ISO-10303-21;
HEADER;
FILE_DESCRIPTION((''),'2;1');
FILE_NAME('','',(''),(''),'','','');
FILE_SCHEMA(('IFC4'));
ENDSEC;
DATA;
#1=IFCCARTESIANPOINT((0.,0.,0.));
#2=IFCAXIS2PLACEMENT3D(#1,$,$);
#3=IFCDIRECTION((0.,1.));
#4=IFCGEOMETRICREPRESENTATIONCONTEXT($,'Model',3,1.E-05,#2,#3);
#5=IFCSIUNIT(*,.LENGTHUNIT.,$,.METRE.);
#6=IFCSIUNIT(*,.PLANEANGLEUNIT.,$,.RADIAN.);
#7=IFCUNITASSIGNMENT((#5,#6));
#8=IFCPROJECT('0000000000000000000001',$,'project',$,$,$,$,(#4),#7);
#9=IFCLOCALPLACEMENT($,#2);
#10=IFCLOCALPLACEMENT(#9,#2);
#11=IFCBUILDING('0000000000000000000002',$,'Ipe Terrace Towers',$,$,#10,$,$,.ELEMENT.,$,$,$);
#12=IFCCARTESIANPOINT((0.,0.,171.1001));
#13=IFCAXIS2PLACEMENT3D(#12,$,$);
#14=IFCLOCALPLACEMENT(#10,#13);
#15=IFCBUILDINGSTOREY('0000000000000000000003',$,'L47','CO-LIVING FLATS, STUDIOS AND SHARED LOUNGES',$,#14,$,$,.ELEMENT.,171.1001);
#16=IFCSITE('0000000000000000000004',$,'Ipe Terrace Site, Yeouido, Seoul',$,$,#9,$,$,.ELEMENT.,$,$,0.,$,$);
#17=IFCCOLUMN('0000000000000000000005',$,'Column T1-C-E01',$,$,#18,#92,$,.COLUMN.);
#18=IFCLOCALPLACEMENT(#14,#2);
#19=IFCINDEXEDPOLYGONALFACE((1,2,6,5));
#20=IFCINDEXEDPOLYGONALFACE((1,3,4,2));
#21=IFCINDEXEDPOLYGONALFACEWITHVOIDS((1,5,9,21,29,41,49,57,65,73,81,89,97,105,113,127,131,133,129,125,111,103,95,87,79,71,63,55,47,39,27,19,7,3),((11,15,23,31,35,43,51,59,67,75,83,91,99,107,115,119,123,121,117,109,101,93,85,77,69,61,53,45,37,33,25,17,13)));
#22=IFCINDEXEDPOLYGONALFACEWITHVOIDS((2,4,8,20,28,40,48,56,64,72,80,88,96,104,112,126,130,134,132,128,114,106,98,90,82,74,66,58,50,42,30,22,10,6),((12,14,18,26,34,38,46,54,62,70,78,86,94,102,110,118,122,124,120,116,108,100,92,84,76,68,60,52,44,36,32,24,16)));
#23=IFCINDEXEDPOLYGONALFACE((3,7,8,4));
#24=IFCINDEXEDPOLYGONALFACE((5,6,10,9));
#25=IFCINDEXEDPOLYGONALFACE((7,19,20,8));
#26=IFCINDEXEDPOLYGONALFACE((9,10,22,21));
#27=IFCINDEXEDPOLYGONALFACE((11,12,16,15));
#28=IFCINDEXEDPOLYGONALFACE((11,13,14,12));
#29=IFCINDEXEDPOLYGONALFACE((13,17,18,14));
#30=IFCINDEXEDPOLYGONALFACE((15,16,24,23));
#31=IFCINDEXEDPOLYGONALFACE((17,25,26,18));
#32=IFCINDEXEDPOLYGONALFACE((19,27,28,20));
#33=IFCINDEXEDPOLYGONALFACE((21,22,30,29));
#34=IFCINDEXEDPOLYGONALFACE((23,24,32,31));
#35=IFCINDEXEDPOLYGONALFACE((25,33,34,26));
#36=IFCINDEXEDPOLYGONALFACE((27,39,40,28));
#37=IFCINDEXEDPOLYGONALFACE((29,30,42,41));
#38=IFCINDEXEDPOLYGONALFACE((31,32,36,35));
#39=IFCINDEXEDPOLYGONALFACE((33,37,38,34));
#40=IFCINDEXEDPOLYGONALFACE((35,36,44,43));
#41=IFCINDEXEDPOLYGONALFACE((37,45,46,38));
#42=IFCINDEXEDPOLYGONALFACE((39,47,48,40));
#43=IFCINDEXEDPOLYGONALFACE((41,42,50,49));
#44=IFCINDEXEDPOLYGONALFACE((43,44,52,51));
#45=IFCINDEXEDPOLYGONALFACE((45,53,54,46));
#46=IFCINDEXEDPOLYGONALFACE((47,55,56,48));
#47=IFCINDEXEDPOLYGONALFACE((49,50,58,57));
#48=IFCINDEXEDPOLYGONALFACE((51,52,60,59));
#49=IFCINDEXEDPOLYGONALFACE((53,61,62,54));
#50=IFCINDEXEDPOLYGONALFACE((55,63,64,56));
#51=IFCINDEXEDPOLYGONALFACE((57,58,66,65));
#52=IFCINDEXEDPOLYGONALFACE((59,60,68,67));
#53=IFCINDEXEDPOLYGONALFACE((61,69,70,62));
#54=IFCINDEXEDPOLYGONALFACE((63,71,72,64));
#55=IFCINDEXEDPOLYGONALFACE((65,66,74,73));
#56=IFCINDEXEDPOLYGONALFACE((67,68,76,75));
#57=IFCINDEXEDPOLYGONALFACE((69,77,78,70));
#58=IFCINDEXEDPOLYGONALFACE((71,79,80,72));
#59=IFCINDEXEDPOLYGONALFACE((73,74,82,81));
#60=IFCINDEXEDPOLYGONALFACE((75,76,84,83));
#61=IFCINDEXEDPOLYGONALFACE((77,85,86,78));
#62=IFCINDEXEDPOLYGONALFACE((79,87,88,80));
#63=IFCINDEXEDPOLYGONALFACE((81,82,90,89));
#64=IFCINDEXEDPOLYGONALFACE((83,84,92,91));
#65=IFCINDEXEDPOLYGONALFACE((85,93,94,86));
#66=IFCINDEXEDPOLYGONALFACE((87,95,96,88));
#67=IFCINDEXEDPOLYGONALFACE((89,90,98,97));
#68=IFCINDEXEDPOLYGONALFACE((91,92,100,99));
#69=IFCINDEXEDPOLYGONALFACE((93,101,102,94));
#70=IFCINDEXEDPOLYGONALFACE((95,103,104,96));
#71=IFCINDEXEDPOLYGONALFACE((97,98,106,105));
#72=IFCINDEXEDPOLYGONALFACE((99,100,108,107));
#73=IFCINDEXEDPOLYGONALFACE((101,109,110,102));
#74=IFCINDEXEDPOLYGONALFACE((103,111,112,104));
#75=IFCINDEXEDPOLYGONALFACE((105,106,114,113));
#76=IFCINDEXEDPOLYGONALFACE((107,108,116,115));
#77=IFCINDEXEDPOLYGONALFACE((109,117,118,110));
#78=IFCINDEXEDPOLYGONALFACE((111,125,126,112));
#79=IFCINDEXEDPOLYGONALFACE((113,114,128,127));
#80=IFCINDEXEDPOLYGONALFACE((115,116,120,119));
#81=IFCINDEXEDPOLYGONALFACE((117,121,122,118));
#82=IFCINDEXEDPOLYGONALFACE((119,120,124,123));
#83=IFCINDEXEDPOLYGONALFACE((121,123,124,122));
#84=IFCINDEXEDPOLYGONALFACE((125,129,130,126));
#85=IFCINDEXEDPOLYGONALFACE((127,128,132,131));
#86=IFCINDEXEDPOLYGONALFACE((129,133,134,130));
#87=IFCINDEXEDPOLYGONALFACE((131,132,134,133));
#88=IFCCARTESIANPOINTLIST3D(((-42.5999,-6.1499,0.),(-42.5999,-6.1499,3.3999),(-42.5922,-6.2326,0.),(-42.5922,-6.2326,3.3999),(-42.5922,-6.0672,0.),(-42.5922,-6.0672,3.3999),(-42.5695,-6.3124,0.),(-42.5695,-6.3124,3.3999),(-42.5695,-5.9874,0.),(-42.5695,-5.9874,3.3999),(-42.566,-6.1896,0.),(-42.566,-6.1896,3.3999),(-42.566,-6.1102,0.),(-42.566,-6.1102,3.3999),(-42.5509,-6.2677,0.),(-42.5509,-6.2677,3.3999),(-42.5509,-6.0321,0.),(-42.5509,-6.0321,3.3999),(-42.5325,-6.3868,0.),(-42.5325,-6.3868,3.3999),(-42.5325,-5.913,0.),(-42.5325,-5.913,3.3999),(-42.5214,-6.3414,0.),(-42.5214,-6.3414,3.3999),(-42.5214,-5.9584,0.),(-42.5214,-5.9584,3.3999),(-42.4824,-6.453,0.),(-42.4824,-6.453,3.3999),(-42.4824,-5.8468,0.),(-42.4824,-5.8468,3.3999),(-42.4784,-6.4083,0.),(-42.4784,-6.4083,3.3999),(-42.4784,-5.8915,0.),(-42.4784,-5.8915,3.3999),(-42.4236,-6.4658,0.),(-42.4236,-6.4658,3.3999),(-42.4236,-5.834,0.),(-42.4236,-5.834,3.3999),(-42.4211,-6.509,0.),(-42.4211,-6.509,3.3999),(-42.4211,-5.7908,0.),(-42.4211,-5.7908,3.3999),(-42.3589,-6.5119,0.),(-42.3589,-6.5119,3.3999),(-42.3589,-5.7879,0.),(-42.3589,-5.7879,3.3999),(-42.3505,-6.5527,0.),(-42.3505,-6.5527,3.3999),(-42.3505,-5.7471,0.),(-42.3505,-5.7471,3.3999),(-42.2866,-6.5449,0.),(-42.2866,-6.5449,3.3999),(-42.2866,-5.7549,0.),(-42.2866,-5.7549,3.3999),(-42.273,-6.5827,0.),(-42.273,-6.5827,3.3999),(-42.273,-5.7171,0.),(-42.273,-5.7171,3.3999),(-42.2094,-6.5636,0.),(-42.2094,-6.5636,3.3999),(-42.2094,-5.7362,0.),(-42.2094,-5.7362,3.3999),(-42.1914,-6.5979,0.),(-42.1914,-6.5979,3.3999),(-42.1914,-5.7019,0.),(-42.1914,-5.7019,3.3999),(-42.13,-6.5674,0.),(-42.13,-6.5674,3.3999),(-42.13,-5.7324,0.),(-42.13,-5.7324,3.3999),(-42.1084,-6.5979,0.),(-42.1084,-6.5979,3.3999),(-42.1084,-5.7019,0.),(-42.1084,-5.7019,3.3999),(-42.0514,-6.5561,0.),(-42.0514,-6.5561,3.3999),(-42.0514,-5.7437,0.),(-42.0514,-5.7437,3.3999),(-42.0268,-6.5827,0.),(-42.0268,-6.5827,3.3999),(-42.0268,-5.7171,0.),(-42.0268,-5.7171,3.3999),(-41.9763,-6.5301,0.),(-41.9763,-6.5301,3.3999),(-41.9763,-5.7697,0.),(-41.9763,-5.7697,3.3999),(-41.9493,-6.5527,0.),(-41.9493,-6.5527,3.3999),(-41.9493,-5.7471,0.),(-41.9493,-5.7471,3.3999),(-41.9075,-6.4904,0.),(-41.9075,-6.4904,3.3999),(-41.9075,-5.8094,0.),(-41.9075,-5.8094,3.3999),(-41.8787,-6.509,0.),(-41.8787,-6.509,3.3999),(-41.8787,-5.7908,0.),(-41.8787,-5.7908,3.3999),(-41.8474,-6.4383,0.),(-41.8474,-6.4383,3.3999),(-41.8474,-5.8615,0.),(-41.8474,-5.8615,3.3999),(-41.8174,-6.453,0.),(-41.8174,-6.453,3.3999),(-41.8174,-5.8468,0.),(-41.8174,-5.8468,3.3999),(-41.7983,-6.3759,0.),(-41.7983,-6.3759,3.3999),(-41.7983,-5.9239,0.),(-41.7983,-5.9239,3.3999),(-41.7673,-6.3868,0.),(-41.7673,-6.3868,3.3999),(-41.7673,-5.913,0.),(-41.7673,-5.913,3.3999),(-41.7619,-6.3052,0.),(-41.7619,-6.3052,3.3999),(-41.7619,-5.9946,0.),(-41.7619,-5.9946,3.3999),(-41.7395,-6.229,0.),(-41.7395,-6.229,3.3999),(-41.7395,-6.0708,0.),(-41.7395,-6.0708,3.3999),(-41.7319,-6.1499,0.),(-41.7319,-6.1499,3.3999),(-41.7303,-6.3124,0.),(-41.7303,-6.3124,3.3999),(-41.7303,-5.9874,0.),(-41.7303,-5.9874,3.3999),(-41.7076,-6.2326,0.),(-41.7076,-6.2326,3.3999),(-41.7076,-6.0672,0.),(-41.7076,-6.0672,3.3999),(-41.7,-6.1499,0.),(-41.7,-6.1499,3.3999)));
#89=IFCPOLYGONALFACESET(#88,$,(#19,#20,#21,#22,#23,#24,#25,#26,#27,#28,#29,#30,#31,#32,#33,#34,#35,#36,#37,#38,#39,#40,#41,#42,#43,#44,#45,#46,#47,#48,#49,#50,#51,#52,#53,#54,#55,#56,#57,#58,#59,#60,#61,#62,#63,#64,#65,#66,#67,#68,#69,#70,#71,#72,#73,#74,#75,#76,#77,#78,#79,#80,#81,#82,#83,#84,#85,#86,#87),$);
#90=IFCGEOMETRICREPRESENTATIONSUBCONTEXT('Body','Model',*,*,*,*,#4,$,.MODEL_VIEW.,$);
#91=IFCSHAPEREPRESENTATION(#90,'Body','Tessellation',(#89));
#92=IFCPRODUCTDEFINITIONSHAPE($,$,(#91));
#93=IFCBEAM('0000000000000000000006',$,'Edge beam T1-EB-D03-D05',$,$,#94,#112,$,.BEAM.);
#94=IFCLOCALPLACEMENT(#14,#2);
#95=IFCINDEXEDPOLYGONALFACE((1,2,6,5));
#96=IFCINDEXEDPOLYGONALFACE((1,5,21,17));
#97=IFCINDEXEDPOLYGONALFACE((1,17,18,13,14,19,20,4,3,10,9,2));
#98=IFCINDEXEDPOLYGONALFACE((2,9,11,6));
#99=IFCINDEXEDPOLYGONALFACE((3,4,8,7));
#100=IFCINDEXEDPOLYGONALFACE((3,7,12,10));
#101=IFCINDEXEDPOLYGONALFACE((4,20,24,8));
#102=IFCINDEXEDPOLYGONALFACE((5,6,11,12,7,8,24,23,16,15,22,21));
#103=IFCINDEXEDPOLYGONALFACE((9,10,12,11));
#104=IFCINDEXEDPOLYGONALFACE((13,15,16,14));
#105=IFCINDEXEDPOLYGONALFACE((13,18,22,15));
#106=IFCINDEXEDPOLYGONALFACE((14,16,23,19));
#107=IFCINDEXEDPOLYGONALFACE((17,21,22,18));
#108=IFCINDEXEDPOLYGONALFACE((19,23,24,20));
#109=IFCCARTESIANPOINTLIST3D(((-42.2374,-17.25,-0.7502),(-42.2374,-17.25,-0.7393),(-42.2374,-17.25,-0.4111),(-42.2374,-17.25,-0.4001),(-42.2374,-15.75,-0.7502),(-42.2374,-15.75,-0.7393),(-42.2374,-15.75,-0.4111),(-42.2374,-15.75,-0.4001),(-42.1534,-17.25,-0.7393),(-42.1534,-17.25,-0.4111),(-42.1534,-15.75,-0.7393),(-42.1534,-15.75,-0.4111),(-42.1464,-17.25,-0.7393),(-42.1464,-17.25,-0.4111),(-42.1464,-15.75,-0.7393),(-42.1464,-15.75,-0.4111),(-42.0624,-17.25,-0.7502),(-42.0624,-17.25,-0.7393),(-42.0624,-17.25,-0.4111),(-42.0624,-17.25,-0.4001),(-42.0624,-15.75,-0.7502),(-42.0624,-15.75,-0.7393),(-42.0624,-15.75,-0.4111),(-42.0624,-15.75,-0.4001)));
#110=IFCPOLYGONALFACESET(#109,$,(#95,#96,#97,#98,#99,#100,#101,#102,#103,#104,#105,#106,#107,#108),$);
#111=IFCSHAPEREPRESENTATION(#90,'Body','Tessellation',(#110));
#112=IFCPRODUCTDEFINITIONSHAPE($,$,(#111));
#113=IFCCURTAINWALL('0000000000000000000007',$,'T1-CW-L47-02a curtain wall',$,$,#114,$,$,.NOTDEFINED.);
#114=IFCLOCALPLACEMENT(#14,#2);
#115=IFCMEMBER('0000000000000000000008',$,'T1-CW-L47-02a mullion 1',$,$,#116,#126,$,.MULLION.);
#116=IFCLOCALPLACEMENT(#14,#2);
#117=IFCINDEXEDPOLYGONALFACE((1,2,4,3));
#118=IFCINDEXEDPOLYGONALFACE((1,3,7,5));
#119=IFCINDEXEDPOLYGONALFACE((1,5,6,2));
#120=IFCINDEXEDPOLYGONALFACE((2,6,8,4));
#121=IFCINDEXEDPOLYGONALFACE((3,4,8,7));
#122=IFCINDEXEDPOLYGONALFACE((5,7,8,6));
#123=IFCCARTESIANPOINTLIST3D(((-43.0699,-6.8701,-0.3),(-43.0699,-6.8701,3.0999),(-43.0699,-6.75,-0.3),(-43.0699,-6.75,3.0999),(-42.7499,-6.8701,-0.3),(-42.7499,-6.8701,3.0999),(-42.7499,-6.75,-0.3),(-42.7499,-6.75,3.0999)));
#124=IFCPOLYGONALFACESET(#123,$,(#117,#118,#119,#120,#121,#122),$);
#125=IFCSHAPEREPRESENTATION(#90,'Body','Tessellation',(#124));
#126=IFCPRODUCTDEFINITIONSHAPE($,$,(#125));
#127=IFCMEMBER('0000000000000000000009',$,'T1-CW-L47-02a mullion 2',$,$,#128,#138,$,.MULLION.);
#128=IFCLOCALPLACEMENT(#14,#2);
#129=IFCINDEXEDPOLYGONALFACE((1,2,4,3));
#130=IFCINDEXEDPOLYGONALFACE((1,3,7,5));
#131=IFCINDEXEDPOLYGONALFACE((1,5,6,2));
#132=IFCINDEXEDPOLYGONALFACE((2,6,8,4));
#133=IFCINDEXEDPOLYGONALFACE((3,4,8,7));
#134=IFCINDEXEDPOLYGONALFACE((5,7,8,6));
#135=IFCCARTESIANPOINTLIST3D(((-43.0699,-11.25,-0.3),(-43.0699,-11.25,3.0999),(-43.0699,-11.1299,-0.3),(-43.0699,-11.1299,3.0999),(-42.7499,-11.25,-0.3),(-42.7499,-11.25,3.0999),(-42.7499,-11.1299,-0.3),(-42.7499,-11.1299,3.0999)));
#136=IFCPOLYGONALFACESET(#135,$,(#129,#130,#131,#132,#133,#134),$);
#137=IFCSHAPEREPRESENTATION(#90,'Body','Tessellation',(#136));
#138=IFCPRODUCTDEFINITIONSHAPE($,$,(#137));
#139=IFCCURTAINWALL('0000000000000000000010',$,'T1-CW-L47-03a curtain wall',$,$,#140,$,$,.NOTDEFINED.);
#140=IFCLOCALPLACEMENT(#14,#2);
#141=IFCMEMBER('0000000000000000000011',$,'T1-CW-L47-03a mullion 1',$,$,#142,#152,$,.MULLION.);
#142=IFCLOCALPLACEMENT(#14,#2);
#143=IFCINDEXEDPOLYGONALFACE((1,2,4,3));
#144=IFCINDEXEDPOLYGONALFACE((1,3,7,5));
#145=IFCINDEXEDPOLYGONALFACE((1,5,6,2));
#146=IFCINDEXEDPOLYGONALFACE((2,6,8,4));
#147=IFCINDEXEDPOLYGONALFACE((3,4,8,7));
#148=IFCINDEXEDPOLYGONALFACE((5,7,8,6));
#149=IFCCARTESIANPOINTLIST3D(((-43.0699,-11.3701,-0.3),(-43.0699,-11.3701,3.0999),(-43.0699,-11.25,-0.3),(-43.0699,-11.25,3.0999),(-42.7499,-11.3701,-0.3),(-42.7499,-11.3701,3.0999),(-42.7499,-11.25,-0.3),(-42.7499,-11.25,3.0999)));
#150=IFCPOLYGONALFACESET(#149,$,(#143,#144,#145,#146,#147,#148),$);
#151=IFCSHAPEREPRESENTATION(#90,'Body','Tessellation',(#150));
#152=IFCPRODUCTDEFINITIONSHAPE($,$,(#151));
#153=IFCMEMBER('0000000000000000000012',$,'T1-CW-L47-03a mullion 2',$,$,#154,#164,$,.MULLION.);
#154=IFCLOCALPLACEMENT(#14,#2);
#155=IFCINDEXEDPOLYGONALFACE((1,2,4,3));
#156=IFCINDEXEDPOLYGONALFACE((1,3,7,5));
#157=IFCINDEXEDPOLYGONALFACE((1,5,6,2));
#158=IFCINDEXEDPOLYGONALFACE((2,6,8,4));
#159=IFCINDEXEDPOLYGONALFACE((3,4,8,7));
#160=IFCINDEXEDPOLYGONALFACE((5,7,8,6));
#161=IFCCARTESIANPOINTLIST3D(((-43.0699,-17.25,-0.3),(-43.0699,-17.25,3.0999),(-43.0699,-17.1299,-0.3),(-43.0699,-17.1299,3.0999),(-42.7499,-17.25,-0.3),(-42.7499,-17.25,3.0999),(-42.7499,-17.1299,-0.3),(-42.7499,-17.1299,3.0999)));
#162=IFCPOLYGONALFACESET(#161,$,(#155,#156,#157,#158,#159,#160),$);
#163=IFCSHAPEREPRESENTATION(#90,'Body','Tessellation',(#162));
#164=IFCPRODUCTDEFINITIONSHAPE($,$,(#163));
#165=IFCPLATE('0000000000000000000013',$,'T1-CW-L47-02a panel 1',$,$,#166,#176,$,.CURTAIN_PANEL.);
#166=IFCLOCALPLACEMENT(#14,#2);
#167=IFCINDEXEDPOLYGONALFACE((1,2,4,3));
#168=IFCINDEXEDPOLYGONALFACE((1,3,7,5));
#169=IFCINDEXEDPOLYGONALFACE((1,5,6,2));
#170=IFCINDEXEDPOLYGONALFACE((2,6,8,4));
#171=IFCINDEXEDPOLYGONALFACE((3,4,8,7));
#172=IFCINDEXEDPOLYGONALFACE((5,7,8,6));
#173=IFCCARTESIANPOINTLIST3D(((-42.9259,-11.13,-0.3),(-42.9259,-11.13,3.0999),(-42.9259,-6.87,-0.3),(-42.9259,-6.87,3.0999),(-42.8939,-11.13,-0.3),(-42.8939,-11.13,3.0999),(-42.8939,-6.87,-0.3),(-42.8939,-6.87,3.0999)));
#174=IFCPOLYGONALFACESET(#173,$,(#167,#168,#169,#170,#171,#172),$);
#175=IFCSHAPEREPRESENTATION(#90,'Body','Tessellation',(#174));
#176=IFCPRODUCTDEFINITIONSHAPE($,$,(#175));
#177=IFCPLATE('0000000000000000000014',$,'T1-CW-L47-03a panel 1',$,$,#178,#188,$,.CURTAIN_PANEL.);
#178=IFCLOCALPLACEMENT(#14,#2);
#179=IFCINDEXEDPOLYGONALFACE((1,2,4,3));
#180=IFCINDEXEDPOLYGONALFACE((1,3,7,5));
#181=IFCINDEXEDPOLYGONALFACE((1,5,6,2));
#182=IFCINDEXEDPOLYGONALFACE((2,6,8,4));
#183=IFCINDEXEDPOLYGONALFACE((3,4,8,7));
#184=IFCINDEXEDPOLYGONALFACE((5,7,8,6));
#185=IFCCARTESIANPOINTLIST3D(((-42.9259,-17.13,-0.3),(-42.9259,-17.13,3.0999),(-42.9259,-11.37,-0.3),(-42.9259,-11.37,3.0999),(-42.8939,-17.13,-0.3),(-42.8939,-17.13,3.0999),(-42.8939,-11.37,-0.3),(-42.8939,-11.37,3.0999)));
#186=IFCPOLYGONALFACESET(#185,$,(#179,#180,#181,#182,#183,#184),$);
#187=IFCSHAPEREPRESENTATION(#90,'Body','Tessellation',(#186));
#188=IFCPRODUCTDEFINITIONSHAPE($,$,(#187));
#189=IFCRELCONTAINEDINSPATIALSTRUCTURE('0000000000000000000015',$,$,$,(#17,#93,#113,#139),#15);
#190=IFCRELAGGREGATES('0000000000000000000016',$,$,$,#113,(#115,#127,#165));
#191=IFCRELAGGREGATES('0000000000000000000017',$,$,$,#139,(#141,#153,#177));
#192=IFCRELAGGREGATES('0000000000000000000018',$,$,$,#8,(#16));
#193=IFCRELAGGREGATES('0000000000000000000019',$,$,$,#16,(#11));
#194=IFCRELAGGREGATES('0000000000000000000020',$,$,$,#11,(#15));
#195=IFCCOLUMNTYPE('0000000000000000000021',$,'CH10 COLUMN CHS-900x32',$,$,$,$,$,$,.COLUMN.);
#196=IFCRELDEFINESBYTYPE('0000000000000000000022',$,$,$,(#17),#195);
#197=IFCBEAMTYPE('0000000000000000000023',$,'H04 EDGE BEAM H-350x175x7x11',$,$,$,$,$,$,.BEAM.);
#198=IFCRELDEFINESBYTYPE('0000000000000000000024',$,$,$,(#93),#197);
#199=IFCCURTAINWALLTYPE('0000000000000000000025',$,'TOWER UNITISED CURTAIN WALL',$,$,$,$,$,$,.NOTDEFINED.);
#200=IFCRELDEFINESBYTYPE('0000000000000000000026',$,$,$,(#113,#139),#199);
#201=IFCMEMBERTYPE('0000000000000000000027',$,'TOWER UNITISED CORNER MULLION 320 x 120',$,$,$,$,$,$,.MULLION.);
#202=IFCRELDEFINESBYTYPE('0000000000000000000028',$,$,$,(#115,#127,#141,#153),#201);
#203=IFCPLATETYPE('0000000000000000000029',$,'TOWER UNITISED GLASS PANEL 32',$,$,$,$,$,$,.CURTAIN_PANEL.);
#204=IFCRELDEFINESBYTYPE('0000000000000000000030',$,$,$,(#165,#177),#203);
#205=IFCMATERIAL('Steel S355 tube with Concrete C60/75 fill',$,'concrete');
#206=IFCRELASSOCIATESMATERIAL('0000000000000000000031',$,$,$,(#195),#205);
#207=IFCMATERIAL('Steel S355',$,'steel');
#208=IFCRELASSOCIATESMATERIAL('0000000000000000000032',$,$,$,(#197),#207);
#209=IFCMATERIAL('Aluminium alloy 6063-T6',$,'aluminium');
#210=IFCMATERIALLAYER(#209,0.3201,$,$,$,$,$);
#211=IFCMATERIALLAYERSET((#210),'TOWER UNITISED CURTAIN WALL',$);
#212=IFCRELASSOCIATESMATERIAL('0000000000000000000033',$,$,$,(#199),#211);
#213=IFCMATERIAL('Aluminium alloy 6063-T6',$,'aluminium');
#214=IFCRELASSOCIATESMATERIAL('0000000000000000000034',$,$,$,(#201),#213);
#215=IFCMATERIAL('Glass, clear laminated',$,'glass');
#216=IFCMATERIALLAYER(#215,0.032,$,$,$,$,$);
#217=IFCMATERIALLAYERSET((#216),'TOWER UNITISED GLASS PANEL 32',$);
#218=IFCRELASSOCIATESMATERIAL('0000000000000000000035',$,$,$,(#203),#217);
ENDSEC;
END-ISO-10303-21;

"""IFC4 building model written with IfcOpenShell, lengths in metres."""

from ifc_helpers import new_model, si_unit, direction, frame, origin, origin_2d, place, context, subcontext, project, spatial, rectangle, hollow_circle, i_section, extrude, material, layer, layer_set, material_profile, profile_set, type_object, element, aggregate, save


model = new_model("IFC4")

# Units and contexts
model_context = context("Model", 3, precision=1e-05, world=origin(), true_north=direction((0.0, 1.0)))
body_context = subcontext(model_context, "Body", "Model", "MODEL_VIEW")
ifc_project = project(units=[si_unit("LENGTHUNIT", "METRE"), si_unit("PLANEANGLEUNIT", "RADIAN")], contexts=[model_context])

# Site, building, storey
site_placement = place(None, origin())
site = spatial("IfcSite", under=ifc_project, at=site_placement, Name="Ipe Terrace Site, Yeouido, Seoul", CompositionType="ELEMENT", RefElevation=0.0)
building_placement = place(site_placement, origin())
building = spatial("IfcBuilding", under=site, at=building_placement, Name="Ipe Terrace Towers", CompositionType="ELEMENT")
storey_placement = place(building_placement, frame((0.0, 0.0, 171.1001)))
storey = spatial("IfcBuildingStorey", under=building, at=storey_placement, Name="L47", Description="CO-LIVING FLATS, STUDIOS AND SHARED LOUNGES", CompositionType="ELEMENT", Elevation=171.1001)

# Column
ifc_material_1 = material(Name="Steel S355 tube with Concrete C60/75 fill", Category="concrete")
ifc_material_profile_1 = material_profile(ifc_material_1, hollow_circle(Radius=0.45, WallThickness=0.032, at=origin_2d()), Name="CHS-900x32")
ifc_profile_set_1 = profile_set([ifc_material_profile_1], Name="Steel S355 tube with Concrete C60/75 fill")
column_type_1 = type_object("IfcColumnType", Name="CH10 COLUMN CHS-900x32", PredefinedType="COLUMN", material=ifc_profile_set_1)
column_placement = place(storey_placement, frame((-42.1499, -6.1499, 0.0), z_axis=(0.0, 0.0, 1.0), x_axis=(1.0, 0.0, 0.0)))
element("IfcColumn", 1, at=column_placement, inside=storey, type_object=column_type_1, Name="Column T1-C-E01", PredefinedType="COLUMN", context=body_context, shape_type="SweptSolid", body=[
    extrude(hollow_circle(Radius=0.45, WallThickness=0.032, at=origin_2d()), origin(), (0.0, 0.0, 1.0), 3.3999),
])

# Beam
ifc_material_2 = material(Name="Steel S355", Category="steel")
ifc_material_profile_2 = material_profile(ifc_material_2, i_section(OverallWidth=0.175, OverallDepth=0.3501, WebThickness=0.0071, FlangeThickness=0.011, at=origin_2d()), Name="H-350x175x7x11")
ifc_profile_set_2 = profile_set([ifc_material_profile_2], Name="Steel S355")
beam_type = type_object("IfcBeamType", Name="H04 EDGE BEAM H-350x175x7x11", PredefinedType="BEAM", material=ifc_profile_set_2)
beam_placement = place(storey_placement, frame((-42.1499, -15.75, -0.5752), z_axis=(0.0, -1.0, 0.0), x_axis=(1.0, 0.0, 0.0)))
element("IfcBeam", 2, at=beam_placement, inside=storey, type_object=beam_type, Name="Edge beam T1-EB-D03-D05", PredefinedType="BEAM", context=body_context, shape_type="SweptSolid", body=[
    extrude(i_section(OverallWidth=0.175, OverallDepth=0.3501, WebThickness=0.0071, FlangeThickness=0.011, at=origin_2d()), origin(), (0.0, 0.0, 1.0), 1.5),
])

# Curtain walls, members
ifc_material_3 = material(Name="Aluminium alloy 6063-T6", Category="aluminium")
ifc_layer_1 = layer(ifc_material_3, 0.3201)
ifc_layer_set_1 = layer_set([ifc_layer_1], Name="TOWER UNITISED CURTAIN WALL")
curtain_wall_type = type_object("IfcCurtainWallType", Name="TOWER UNITISED CURTAIN WALL", PredefinedType="NOTDEFINED", material=ifc_layer_set_1)
curtain_wall_1_placement = place(storey_placement, origin())
curtain_wall_1 = element("IfcCurtainWall", 3, at=curtain_wall_1_placement, inside=storey, type_object=curtain_wall_type, Name="T1-CW-L47-02a curtain wall", PredefinedType="NOTDEFINED")
ifc_material_4 = material(Name="Aluminium alloy 6063-T6", Category="aluminium")
ifc_material_profile_3 = material_profile(ifc_material_4, rectangle(XDim=0.3201, YDim=0.1201, at=origin_2d()), Name="TOWER UNITISED CORNER MULLION 320 x 120")
ifc_profile_set_3 = profile_set([ifc_material_profile_3], Name="Aluminium alloy 6063-T6")
member_type = type_object("IfcMemberType", Name="TOWER UNITISED CORNER MULLION 320 x 120", PredefinedType="MULLION", material=ifc_profile_set_3)
member_1_placement = place(storey_placement, frame((-42.9099, -6.8101, -0.3), z_axis=(0.0, 0.0, 1.0), x_axis=(-1.0, 0.0, 0.0)))
member_1 = element("IfcMember", 4, at=member_1_placement, type_object=member_type, Name="T1-CW-L47-02a mullion 1", PredefinedType="MULLION", context=body_context, shape_type="SweptSolid", body=[
    extrude(rectangle(XDim=0.3201, YDim=0.1201, at=origin_2d()), origin(), (0.0, 0.0, 1.0), 3.3999),
])
member_2_placement = place(storey_placement, frame((-42.9099, -11.1899, -0.3), z_axis=(0.0, 0.0, 1.0), x_axis=(-1.0, 0.0, 0.0)))
member_2 = element("IfcMember", 5, at=member_2_placement, type_object=member_type, Name="T1-CW-L47-02a mullion 2", PredefinedType="MULLION", context=body_context, shape_type="SweptSolid", body=[
    extrude(rectangle(XDim=0.3201, YDim=0.1201, at=origin_2d()), origin(), (0.0, 0.0, 1.0), 3.3999),
])
curtain_wall_2_placement = place(storey_placement, origin())
curtain_wall_2 = element("IfcCurtainWall", 6, at=curtain_wall_2_placement, inside=storey, type_object=curtain_wall_type, Name="T1-CW-L47-03a curtain wall", PredefinedType="NOTDEFINED")
member_3_placement = place(storey_placement, frame((-42.9099, -11.3101, -0.3), z_axis=(0.0, 0.0, 1.0), x_axis=(-1.0, 0.0, 0.0)))
member_3 = element("IfcMember", 7, at=member_3_placement, type_object=member_type, Name="T1-CW-L47-03a mullion 1", PredefinedType="MULLION", context=body_context, shape_type="SweptSolid", body=[
    extrude(rectangle(XDim=0.3201, YDim=0.1201, at=origin_2d()), origin(), (0.0, 0.0, 1.0), 3.3999),
])
member_4_placement = place(storey_placement, frame((-42.9099, -17.1899, -0.3), z_axis=(0.0, 0.0, 1.0), x_axis=(-1.0, 0.0, 0.0)))
member_4 = element("IfcMember", 8, at=member_4_placement, type_object=member_type, Name="T1-CW-L47-03a mullion 2", PredefinedType="MULLION", context=body_context, shape_type="SweptSolid", body=[
    extrude(rectangle(XDim=0.3201, YDim=0.1201, at=origin_2d()), origin(), (0.0, 0.0, 1.0), 3.3999),
])

# Plates
ifc_material_5 = material(Name="Glass, clear laminated", Category="glass")
ifc_layer_2 = layer(ifc_material_5, 0.032)
ifc_layer_set_2 = layer_set([ifc_layer_2], Name="TOWER UNITISED GLASS PANEL 32")
plate_type = type_object("IfcPlateType", Name="TOWER UNITISED GLASS PANEL 32", PredefinedType="CURTAIN_PANEL", material=ifc_layer_set_2)
plate_1_placement = place(storey_placement, frame((-42.9099, -9.0, -0.3), z_axis=(0.0, 0.0, 1.0), x_axis=(0.0, -1.0, 0.0)))
plate_1 = element("IfcPlate", 9, at=plate_1_placement, type_object=plate_type, Name="T1-CW-L47-02a panel 1", PredefinedType="CURTAIN_PANEL", context=body_context, shape_type="SweptSolid", body=[
    extrude(rectangle(XDim=4.26, YDim=0.032, at=origin_2d()), origin(), (0.0, 0.0, 1.0), 3.3999),
])
aggregate(curtain_wall_1, [member_1, member_2, plate_1])
plate_2_placement = place(storey_placement, frame((-42.9099, -14.25, -0.3), z_axis=(0.0, 0.0, 1.0), x_axis=(0.0, -1.0, 0.0)))
plate_2 = element("IfcPlate", 10, at=plate_2_placement, type_object=plate_type, Name="T1-CW-L47-03a panel 1", PredefinedType="CURTAIN_PANEL", context=body_context, shape_type="SweptSolid", body=[
    extrude(rectangle(XDim=5.76, YDim=0.032, at=origin_2d()), origin(), (0.0, 0.0, 1.0), 3.3999),
])
aggregate(curtain_wall_2, [member_3, member_4, plate_2])

save(model, "model.ifc")
